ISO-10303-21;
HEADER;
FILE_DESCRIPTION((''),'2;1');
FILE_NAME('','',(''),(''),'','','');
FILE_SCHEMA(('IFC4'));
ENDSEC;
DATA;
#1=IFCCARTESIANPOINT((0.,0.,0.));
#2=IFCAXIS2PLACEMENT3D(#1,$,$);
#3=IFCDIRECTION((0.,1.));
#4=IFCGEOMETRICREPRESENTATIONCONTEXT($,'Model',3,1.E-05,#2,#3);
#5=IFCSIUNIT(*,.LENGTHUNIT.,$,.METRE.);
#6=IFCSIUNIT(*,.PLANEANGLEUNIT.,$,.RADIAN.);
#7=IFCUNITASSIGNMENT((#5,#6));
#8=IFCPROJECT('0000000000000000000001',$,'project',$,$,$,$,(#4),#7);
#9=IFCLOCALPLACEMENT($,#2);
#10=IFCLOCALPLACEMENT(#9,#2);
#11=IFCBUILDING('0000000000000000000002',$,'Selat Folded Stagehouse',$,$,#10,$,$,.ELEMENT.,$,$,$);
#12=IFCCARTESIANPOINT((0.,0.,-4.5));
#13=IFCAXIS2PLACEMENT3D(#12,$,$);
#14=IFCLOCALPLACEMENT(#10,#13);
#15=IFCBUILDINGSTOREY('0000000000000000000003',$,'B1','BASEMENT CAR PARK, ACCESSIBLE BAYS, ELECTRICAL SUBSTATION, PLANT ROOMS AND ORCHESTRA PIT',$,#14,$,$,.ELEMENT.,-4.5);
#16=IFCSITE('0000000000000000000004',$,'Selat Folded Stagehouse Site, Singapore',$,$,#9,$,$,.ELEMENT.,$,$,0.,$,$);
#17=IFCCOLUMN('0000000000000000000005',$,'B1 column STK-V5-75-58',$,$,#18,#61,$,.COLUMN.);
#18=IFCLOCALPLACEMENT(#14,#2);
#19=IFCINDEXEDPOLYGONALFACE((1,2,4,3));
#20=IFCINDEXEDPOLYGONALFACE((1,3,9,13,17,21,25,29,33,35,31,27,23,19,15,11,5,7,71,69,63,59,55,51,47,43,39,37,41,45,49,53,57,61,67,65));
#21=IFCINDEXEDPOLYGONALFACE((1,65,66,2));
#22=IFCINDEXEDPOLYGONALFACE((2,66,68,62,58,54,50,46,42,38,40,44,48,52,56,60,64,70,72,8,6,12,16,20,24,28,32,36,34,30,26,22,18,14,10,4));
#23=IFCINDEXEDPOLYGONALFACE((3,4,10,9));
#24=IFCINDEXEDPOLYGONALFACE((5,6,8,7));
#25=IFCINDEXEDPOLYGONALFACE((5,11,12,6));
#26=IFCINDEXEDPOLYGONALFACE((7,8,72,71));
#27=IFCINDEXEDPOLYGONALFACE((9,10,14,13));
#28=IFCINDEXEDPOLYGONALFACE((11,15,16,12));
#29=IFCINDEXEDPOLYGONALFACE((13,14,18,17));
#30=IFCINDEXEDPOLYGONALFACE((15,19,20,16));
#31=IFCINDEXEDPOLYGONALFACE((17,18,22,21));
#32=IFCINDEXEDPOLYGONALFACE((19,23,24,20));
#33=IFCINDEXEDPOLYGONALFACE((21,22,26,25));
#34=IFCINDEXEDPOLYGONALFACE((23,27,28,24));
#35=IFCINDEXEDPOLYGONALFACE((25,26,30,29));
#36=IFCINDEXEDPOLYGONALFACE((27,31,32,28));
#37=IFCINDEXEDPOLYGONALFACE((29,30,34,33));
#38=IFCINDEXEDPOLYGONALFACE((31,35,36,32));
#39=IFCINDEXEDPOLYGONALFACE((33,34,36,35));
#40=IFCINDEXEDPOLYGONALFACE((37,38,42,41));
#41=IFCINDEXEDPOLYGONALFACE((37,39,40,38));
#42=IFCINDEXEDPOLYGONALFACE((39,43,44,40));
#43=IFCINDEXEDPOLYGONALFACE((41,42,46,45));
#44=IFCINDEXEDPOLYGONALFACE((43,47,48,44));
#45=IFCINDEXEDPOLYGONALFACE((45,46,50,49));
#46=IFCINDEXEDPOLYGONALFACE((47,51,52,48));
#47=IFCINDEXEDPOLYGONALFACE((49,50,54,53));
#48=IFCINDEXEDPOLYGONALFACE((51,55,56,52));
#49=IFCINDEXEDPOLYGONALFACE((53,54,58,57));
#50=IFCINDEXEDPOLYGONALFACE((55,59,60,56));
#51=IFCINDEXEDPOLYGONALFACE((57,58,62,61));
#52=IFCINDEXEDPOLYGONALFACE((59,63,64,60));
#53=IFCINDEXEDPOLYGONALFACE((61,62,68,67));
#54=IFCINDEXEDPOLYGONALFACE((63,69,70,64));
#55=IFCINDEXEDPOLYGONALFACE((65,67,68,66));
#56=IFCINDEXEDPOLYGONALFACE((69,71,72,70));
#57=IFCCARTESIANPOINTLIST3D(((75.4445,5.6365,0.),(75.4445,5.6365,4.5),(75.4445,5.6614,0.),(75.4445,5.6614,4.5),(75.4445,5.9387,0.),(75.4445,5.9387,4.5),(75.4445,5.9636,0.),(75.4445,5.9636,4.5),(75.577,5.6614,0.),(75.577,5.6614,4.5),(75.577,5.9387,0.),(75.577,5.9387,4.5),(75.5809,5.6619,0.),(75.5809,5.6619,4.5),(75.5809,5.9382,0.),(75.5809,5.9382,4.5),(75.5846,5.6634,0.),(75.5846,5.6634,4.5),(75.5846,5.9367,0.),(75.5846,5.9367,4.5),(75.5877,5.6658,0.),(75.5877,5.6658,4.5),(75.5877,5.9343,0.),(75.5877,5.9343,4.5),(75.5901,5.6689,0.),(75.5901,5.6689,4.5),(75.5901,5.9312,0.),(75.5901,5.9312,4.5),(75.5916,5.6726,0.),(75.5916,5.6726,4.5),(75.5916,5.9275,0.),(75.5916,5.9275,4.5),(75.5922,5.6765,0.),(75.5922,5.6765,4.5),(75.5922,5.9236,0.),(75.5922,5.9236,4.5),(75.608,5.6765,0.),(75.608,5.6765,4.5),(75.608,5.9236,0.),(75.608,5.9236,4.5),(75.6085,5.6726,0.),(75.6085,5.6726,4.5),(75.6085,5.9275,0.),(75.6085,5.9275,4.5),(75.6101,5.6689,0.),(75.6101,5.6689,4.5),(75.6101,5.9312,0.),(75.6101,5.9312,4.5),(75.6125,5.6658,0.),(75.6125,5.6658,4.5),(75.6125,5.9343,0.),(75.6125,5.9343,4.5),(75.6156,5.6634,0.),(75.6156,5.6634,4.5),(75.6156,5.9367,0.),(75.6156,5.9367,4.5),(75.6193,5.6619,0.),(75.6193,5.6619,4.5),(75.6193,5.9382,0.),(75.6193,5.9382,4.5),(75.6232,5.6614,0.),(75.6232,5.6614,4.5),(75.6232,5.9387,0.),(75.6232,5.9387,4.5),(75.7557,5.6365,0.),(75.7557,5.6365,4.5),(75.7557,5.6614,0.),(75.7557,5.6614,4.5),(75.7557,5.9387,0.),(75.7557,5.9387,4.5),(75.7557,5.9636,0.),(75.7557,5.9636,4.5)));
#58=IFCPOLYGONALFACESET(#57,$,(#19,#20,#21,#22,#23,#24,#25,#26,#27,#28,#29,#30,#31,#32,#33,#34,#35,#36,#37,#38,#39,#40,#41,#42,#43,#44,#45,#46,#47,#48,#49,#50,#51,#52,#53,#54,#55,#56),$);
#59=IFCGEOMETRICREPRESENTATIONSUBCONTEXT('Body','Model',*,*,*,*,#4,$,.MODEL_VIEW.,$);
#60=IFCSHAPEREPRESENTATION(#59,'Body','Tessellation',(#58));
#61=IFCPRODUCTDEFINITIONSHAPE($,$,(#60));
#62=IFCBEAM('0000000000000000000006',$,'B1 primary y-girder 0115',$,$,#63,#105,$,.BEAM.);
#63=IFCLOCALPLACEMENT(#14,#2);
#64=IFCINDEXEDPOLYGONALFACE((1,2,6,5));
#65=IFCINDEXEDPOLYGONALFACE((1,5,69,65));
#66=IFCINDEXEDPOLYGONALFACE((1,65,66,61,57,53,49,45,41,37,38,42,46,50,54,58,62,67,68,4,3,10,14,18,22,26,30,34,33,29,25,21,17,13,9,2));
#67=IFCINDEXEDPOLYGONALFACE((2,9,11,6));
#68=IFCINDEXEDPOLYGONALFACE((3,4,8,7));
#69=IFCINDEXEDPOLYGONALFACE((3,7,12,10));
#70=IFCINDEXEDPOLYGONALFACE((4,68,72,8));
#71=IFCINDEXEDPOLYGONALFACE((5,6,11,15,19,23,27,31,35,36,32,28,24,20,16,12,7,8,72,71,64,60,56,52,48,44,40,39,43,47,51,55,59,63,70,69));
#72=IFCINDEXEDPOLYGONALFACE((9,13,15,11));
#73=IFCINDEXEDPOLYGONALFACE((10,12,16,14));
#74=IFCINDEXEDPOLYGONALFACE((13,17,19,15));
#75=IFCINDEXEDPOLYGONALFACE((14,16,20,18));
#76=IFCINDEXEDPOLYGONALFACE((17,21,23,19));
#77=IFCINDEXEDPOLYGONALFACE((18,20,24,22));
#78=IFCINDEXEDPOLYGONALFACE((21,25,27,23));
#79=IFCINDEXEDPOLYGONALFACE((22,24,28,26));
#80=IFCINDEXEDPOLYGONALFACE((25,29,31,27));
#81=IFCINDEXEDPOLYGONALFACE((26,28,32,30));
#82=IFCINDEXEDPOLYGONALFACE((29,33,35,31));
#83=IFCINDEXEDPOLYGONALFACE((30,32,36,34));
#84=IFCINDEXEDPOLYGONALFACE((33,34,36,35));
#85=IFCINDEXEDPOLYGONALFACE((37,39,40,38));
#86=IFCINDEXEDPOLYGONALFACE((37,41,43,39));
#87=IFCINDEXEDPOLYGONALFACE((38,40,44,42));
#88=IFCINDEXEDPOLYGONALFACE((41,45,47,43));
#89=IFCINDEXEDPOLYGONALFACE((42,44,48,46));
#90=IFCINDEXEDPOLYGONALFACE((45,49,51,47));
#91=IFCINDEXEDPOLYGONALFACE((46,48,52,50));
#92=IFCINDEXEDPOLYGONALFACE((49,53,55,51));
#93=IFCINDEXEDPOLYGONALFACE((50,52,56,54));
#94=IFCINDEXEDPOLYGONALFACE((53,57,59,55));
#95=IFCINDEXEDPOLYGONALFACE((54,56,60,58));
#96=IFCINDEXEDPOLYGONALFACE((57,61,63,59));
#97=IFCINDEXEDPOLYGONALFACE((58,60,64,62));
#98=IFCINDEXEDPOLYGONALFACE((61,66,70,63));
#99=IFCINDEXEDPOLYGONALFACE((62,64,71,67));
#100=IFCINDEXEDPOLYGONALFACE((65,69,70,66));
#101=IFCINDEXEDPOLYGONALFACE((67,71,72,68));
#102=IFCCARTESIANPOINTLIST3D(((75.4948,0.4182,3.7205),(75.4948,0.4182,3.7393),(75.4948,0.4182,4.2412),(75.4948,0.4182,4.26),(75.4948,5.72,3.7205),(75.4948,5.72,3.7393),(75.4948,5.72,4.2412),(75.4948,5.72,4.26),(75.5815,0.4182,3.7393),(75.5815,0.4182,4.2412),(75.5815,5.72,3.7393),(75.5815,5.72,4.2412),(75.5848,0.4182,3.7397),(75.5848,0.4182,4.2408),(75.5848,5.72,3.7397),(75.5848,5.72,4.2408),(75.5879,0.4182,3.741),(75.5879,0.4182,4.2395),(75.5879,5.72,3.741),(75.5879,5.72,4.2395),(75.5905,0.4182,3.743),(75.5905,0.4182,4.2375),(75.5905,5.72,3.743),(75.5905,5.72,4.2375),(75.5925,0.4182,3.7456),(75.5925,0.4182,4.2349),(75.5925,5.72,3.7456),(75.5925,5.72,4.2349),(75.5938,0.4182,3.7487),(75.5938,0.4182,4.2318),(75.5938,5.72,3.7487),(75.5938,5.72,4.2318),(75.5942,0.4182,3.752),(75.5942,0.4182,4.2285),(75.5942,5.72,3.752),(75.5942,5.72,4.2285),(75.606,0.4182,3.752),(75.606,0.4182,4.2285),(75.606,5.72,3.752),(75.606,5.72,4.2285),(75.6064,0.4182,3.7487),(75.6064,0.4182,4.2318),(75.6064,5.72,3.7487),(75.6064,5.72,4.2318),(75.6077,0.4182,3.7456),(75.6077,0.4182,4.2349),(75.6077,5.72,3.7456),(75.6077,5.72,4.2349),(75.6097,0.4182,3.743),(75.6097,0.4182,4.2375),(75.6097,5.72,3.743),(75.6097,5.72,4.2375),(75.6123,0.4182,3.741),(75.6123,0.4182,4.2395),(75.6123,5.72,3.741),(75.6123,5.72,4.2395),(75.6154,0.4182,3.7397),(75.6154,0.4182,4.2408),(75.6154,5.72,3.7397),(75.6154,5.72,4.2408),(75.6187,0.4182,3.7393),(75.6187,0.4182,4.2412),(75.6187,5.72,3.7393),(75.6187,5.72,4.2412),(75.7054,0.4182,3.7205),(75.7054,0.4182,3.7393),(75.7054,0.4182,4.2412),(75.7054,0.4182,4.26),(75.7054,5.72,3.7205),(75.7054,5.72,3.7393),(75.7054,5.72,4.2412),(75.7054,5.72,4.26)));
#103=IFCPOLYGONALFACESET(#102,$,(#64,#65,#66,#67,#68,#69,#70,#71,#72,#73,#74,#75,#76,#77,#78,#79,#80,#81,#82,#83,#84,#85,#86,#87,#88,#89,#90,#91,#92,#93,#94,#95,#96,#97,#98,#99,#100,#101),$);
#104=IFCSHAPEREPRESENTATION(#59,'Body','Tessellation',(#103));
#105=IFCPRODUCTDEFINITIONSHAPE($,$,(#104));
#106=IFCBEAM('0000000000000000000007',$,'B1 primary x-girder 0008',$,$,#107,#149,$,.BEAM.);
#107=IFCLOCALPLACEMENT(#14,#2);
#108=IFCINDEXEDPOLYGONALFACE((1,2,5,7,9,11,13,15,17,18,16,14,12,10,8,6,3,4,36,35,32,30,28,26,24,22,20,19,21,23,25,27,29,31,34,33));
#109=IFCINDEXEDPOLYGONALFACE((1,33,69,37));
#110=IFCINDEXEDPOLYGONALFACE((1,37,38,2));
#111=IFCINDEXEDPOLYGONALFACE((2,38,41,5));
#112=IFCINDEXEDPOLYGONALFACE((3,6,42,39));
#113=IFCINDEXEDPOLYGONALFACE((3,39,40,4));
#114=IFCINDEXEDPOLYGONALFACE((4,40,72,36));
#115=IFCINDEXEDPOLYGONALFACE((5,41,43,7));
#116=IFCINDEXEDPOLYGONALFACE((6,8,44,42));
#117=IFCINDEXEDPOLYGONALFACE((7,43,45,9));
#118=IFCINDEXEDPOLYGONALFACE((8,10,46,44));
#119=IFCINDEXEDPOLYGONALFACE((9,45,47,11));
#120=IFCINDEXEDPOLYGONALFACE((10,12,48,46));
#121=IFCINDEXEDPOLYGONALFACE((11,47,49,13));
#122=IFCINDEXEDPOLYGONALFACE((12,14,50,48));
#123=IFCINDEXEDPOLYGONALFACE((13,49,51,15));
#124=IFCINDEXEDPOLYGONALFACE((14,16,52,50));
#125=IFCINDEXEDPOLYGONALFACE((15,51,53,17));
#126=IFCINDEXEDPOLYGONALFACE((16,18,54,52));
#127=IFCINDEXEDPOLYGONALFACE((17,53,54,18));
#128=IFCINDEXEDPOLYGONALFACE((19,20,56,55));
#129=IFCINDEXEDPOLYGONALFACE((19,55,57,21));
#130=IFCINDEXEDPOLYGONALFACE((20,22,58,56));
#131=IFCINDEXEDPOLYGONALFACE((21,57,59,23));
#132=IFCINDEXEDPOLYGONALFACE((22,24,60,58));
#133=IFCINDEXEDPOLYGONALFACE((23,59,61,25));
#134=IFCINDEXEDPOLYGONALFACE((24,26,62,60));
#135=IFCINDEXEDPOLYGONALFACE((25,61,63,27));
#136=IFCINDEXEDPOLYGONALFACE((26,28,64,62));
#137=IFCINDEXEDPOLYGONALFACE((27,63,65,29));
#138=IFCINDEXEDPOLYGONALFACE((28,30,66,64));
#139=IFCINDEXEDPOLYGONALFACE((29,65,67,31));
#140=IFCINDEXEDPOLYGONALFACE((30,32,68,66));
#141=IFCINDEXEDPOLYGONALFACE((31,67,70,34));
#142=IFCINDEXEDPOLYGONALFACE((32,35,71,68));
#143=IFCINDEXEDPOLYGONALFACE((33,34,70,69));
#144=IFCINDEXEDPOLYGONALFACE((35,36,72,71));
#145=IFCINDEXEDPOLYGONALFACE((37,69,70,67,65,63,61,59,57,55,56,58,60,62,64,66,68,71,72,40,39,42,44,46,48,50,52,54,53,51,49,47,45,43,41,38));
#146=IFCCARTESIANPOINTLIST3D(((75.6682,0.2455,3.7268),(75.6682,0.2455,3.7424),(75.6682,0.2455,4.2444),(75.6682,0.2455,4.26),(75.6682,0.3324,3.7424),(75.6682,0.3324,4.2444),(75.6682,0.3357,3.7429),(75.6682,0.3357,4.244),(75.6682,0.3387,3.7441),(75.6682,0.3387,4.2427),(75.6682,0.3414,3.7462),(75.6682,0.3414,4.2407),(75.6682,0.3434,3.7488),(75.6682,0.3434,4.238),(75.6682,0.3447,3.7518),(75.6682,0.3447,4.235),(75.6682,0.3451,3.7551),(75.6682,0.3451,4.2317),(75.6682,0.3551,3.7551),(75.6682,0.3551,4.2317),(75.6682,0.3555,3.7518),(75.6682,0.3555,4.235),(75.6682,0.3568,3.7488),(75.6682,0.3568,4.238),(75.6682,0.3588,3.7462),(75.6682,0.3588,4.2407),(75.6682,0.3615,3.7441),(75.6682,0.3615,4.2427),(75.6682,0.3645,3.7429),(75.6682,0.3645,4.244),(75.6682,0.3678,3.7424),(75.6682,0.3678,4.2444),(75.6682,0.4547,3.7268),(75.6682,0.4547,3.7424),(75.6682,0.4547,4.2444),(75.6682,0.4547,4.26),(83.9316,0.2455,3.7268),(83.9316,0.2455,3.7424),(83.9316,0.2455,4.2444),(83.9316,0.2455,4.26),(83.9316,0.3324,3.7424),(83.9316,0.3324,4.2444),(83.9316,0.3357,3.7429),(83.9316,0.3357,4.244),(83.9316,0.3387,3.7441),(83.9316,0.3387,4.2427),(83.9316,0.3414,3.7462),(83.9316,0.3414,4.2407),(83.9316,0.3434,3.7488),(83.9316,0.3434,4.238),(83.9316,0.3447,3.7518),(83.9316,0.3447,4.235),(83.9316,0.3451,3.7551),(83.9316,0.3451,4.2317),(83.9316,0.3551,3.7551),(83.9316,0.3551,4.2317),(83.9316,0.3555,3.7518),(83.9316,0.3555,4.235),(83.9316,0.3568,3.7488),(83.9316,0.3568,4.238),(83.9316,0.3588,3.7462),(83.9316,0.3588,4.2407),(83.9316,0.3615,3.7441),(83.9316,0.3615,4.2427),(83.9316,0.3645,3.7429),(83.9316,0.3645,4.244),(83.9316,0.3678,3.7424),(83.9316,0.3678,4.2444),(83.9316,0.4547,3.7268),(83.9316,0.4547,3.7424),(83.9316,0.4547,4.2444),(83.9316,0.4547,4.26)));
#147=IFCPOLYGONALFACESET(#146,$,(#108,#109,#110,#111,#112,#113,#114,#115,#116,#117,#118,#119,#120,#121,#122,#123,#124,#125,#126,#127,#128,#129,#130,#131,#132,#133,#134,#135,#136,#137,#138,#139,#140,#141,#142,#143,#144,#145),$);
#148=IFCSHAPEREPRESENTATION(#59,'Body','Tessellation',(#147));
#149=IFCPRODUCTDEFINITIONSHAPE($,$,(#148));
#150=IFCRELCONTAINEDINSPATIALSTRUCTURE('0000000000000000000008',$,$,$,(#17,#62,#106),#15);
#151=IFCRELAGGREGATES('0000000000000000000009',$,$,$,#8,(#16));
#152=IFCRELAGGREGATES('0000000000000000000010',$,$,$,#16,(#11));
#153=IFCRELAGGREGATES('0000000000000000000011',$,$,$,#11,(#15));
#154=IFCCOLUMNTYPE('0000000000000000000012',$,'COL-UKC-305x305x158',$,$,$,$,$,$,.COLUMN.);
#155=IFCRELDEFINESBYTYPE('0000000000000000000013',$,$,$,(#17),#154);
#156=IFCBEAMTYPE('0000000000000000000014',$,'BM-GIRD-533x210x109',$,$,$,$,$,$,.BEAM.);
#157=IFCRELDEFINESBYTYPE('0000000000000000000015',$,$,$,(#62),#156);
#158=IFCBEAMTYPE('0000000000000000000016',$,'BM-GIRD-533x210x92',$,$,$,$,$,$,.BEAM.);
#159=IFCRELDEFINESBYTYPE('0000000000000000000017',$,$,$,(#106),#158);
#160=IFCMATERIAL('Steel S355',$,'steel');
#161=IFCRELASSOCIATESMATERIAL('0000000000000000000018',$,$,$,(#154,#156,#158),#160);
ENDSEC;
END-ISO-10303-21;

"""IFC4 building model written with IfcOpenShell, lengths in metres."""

from ifc_helpers import new_model, si_unit, direction, frame, origin, origin_2d, place, context, subcontext, project, spatial, i_section, extrude, material, material_profile, profile_set, type_object, element, save


model = new_model("IFC4")

# Units and contexts
model_context = context("Model", 3, precision=1e-05, world=origin(), true_north=direction((0.0, 1.0)))
body_context = subcontext(model_context, "Body", "Model", "MODEL_VIEW")
ifc_project = project(units=[si_unit("LENGTHUNIT", "METRE"), si_unit("PLANEANGLEUNIT", "RADIAN")], contexts=[model_context])

# Site, building, storey
site_placement = place(None, origin())
site = spatial("IfcSite", under=ifc_project, at=site_placement, Name="Selat Folded Stagehouse Site, Singapore", CompositionType="ELEMENT", RefElevation=0.0)
building_placement = place(site_placement, origin())
building = spatial("IfcBuilding", under=site, at=building_placement, Name="Selat Folded Stagehouse", CompositionType="ELEMENT")
storey_placement = place(building_placement, frame((0.0, 0.0, -4.5)))
storey = spatial("IfcBuildingStorey", under=building, at=storey_placement, Name="B1", Description="BASEMENT CAR PARK, ACCESSIBLE BAYS, ELECTRICAL SUBSTATION, PLANT ROOMS AND ORCHESTRA PIT", CompositionType="ELEMENT", Elevation=-4.5)

# Column
ifc_material_1 = material(Name="Steel S355", Category="steel")
ifc_material_profile_1 = material_profile(ifc_material_1, i_section(OverallWidth=0.3113, OverallDepth=0.3271, WebThickness=0.0159, FlangeThickness=0.0249, FilletRadius=0.0151, at=origin_2d()), Name="UKC 305x305x158")
ifc_profile_set_1 = profile_set([ifc_material_profile_1], Name="Steel S355")
column_type_1 = type_object("IfcColumnType", Name="COL-UKC-305x305x158", PredefinedType="COLUMN", material=ifc_profile_set_1)
column_1_placement = place(storey_placement, frame((75.6001, 5.8, 0.0), z_axis=(0.0, 0.0, 1.0), x_axis=(1.0, 0.0, 0.0)))
element("IfcColumn", 1, at=column_1_placement, inside=storey, type_object=column_type_1, Name="B1 column STK-V5-75-58", PredefinedType="COLUMN", context=body_context, shape_type="SweptSolid", body=[
    extrude(i_section(OverallWidth=0.3113, OverallDepth=0.3271, WebThickness=0.0159, FlangeThickness=0.0249, FilletRadius=0.0151, at=origin_2d()), origin(), (0.0, 0.0, 1.0), 4.5),
])

# Beams
ifc_material_profile_2 = material_profile(ifc_material_1, i_section(OverallWidth=0.2107, OverallDepth=0.5396, WebThickness=0.0117, FlangeThickness=0.0188, FilletRadius=0.0127, at=origin_2d()), Name="UKB 533x210x109")
ifc_profile_set_2 = profile_set([ifc_material_profile_2], Name="Steel S355")
beam_type_1 = type_object("IfcBeamType", Name="BM-GIRD-533x210x109", PredefinedType="BEAM", material=ifc_profile_set_2)
beam_1_placement = place(storey_placement, frame((75.6001, 0.4182, 3.9902), z_axis=(0.0, 1.0, 0.0), x_axis=(-1.0, 0.0, 0.0)))
element("IfcBeam", 2, at=beam_1_placement, inside=storey, type_object=beam_type_1, Name="B1 primary y-girder 0115", PredefinedType="BEAM", context=body_context, shape_type="SweptSolid", body=[
    extrude(i_section(OverallWidth=0.2107, OverallDepth=0.5396, WebThickness=0.0117, FlangeThickness=0.0188, FilletRadius=0.0127, at=origin_2d()), origin(), (0.0, 0.0, 1.0), 5.3018),
])
ifc_material_profile_3 = material_profile(ifc_material_1, i_section(OverallWidth=0.2092, OverallDepth=0.5332, WebThickness=0.01, FlangeThickness=0.0156, FilletRadius=0.0127, at=origin_2d()), Name="UKB 533x210x92")
ifc_profile_set_3 = profile_set([ifc_material_profile_3], Name="Steel S355")
beam_type_2 = type_object("IfcBeamType", Name="BM-GIRD-533x210x92", PredefinedType="BEAM", material=ifc_profile_set_3)
beam_2_placement = place(storey_placement, frame((75.6682, 0.3501, 3.9934), z_axis=(1.0, 0.0, 0.0), x_axis=(0.0, 1.0, 0.0)))
element("IfcBeam", 3, at=beam_2_placement, inside=storey, type_object=beam_type_2, Name="B1 primary x-girder 0008", PredefinedType="BEAM", context=body_context, shape_type="SweptSolid", body=[
    extrude(i_section(OverallWidth=0.2092, OverallDepth=0.5332, WebThickness=0.01, FlangeThickness=0.0156, FilletRadius=0.0127, at=origin_2d()), origin(), (0.0, 0.0, 1.0), 8.2634),
])

save(model, "model.ifc")
